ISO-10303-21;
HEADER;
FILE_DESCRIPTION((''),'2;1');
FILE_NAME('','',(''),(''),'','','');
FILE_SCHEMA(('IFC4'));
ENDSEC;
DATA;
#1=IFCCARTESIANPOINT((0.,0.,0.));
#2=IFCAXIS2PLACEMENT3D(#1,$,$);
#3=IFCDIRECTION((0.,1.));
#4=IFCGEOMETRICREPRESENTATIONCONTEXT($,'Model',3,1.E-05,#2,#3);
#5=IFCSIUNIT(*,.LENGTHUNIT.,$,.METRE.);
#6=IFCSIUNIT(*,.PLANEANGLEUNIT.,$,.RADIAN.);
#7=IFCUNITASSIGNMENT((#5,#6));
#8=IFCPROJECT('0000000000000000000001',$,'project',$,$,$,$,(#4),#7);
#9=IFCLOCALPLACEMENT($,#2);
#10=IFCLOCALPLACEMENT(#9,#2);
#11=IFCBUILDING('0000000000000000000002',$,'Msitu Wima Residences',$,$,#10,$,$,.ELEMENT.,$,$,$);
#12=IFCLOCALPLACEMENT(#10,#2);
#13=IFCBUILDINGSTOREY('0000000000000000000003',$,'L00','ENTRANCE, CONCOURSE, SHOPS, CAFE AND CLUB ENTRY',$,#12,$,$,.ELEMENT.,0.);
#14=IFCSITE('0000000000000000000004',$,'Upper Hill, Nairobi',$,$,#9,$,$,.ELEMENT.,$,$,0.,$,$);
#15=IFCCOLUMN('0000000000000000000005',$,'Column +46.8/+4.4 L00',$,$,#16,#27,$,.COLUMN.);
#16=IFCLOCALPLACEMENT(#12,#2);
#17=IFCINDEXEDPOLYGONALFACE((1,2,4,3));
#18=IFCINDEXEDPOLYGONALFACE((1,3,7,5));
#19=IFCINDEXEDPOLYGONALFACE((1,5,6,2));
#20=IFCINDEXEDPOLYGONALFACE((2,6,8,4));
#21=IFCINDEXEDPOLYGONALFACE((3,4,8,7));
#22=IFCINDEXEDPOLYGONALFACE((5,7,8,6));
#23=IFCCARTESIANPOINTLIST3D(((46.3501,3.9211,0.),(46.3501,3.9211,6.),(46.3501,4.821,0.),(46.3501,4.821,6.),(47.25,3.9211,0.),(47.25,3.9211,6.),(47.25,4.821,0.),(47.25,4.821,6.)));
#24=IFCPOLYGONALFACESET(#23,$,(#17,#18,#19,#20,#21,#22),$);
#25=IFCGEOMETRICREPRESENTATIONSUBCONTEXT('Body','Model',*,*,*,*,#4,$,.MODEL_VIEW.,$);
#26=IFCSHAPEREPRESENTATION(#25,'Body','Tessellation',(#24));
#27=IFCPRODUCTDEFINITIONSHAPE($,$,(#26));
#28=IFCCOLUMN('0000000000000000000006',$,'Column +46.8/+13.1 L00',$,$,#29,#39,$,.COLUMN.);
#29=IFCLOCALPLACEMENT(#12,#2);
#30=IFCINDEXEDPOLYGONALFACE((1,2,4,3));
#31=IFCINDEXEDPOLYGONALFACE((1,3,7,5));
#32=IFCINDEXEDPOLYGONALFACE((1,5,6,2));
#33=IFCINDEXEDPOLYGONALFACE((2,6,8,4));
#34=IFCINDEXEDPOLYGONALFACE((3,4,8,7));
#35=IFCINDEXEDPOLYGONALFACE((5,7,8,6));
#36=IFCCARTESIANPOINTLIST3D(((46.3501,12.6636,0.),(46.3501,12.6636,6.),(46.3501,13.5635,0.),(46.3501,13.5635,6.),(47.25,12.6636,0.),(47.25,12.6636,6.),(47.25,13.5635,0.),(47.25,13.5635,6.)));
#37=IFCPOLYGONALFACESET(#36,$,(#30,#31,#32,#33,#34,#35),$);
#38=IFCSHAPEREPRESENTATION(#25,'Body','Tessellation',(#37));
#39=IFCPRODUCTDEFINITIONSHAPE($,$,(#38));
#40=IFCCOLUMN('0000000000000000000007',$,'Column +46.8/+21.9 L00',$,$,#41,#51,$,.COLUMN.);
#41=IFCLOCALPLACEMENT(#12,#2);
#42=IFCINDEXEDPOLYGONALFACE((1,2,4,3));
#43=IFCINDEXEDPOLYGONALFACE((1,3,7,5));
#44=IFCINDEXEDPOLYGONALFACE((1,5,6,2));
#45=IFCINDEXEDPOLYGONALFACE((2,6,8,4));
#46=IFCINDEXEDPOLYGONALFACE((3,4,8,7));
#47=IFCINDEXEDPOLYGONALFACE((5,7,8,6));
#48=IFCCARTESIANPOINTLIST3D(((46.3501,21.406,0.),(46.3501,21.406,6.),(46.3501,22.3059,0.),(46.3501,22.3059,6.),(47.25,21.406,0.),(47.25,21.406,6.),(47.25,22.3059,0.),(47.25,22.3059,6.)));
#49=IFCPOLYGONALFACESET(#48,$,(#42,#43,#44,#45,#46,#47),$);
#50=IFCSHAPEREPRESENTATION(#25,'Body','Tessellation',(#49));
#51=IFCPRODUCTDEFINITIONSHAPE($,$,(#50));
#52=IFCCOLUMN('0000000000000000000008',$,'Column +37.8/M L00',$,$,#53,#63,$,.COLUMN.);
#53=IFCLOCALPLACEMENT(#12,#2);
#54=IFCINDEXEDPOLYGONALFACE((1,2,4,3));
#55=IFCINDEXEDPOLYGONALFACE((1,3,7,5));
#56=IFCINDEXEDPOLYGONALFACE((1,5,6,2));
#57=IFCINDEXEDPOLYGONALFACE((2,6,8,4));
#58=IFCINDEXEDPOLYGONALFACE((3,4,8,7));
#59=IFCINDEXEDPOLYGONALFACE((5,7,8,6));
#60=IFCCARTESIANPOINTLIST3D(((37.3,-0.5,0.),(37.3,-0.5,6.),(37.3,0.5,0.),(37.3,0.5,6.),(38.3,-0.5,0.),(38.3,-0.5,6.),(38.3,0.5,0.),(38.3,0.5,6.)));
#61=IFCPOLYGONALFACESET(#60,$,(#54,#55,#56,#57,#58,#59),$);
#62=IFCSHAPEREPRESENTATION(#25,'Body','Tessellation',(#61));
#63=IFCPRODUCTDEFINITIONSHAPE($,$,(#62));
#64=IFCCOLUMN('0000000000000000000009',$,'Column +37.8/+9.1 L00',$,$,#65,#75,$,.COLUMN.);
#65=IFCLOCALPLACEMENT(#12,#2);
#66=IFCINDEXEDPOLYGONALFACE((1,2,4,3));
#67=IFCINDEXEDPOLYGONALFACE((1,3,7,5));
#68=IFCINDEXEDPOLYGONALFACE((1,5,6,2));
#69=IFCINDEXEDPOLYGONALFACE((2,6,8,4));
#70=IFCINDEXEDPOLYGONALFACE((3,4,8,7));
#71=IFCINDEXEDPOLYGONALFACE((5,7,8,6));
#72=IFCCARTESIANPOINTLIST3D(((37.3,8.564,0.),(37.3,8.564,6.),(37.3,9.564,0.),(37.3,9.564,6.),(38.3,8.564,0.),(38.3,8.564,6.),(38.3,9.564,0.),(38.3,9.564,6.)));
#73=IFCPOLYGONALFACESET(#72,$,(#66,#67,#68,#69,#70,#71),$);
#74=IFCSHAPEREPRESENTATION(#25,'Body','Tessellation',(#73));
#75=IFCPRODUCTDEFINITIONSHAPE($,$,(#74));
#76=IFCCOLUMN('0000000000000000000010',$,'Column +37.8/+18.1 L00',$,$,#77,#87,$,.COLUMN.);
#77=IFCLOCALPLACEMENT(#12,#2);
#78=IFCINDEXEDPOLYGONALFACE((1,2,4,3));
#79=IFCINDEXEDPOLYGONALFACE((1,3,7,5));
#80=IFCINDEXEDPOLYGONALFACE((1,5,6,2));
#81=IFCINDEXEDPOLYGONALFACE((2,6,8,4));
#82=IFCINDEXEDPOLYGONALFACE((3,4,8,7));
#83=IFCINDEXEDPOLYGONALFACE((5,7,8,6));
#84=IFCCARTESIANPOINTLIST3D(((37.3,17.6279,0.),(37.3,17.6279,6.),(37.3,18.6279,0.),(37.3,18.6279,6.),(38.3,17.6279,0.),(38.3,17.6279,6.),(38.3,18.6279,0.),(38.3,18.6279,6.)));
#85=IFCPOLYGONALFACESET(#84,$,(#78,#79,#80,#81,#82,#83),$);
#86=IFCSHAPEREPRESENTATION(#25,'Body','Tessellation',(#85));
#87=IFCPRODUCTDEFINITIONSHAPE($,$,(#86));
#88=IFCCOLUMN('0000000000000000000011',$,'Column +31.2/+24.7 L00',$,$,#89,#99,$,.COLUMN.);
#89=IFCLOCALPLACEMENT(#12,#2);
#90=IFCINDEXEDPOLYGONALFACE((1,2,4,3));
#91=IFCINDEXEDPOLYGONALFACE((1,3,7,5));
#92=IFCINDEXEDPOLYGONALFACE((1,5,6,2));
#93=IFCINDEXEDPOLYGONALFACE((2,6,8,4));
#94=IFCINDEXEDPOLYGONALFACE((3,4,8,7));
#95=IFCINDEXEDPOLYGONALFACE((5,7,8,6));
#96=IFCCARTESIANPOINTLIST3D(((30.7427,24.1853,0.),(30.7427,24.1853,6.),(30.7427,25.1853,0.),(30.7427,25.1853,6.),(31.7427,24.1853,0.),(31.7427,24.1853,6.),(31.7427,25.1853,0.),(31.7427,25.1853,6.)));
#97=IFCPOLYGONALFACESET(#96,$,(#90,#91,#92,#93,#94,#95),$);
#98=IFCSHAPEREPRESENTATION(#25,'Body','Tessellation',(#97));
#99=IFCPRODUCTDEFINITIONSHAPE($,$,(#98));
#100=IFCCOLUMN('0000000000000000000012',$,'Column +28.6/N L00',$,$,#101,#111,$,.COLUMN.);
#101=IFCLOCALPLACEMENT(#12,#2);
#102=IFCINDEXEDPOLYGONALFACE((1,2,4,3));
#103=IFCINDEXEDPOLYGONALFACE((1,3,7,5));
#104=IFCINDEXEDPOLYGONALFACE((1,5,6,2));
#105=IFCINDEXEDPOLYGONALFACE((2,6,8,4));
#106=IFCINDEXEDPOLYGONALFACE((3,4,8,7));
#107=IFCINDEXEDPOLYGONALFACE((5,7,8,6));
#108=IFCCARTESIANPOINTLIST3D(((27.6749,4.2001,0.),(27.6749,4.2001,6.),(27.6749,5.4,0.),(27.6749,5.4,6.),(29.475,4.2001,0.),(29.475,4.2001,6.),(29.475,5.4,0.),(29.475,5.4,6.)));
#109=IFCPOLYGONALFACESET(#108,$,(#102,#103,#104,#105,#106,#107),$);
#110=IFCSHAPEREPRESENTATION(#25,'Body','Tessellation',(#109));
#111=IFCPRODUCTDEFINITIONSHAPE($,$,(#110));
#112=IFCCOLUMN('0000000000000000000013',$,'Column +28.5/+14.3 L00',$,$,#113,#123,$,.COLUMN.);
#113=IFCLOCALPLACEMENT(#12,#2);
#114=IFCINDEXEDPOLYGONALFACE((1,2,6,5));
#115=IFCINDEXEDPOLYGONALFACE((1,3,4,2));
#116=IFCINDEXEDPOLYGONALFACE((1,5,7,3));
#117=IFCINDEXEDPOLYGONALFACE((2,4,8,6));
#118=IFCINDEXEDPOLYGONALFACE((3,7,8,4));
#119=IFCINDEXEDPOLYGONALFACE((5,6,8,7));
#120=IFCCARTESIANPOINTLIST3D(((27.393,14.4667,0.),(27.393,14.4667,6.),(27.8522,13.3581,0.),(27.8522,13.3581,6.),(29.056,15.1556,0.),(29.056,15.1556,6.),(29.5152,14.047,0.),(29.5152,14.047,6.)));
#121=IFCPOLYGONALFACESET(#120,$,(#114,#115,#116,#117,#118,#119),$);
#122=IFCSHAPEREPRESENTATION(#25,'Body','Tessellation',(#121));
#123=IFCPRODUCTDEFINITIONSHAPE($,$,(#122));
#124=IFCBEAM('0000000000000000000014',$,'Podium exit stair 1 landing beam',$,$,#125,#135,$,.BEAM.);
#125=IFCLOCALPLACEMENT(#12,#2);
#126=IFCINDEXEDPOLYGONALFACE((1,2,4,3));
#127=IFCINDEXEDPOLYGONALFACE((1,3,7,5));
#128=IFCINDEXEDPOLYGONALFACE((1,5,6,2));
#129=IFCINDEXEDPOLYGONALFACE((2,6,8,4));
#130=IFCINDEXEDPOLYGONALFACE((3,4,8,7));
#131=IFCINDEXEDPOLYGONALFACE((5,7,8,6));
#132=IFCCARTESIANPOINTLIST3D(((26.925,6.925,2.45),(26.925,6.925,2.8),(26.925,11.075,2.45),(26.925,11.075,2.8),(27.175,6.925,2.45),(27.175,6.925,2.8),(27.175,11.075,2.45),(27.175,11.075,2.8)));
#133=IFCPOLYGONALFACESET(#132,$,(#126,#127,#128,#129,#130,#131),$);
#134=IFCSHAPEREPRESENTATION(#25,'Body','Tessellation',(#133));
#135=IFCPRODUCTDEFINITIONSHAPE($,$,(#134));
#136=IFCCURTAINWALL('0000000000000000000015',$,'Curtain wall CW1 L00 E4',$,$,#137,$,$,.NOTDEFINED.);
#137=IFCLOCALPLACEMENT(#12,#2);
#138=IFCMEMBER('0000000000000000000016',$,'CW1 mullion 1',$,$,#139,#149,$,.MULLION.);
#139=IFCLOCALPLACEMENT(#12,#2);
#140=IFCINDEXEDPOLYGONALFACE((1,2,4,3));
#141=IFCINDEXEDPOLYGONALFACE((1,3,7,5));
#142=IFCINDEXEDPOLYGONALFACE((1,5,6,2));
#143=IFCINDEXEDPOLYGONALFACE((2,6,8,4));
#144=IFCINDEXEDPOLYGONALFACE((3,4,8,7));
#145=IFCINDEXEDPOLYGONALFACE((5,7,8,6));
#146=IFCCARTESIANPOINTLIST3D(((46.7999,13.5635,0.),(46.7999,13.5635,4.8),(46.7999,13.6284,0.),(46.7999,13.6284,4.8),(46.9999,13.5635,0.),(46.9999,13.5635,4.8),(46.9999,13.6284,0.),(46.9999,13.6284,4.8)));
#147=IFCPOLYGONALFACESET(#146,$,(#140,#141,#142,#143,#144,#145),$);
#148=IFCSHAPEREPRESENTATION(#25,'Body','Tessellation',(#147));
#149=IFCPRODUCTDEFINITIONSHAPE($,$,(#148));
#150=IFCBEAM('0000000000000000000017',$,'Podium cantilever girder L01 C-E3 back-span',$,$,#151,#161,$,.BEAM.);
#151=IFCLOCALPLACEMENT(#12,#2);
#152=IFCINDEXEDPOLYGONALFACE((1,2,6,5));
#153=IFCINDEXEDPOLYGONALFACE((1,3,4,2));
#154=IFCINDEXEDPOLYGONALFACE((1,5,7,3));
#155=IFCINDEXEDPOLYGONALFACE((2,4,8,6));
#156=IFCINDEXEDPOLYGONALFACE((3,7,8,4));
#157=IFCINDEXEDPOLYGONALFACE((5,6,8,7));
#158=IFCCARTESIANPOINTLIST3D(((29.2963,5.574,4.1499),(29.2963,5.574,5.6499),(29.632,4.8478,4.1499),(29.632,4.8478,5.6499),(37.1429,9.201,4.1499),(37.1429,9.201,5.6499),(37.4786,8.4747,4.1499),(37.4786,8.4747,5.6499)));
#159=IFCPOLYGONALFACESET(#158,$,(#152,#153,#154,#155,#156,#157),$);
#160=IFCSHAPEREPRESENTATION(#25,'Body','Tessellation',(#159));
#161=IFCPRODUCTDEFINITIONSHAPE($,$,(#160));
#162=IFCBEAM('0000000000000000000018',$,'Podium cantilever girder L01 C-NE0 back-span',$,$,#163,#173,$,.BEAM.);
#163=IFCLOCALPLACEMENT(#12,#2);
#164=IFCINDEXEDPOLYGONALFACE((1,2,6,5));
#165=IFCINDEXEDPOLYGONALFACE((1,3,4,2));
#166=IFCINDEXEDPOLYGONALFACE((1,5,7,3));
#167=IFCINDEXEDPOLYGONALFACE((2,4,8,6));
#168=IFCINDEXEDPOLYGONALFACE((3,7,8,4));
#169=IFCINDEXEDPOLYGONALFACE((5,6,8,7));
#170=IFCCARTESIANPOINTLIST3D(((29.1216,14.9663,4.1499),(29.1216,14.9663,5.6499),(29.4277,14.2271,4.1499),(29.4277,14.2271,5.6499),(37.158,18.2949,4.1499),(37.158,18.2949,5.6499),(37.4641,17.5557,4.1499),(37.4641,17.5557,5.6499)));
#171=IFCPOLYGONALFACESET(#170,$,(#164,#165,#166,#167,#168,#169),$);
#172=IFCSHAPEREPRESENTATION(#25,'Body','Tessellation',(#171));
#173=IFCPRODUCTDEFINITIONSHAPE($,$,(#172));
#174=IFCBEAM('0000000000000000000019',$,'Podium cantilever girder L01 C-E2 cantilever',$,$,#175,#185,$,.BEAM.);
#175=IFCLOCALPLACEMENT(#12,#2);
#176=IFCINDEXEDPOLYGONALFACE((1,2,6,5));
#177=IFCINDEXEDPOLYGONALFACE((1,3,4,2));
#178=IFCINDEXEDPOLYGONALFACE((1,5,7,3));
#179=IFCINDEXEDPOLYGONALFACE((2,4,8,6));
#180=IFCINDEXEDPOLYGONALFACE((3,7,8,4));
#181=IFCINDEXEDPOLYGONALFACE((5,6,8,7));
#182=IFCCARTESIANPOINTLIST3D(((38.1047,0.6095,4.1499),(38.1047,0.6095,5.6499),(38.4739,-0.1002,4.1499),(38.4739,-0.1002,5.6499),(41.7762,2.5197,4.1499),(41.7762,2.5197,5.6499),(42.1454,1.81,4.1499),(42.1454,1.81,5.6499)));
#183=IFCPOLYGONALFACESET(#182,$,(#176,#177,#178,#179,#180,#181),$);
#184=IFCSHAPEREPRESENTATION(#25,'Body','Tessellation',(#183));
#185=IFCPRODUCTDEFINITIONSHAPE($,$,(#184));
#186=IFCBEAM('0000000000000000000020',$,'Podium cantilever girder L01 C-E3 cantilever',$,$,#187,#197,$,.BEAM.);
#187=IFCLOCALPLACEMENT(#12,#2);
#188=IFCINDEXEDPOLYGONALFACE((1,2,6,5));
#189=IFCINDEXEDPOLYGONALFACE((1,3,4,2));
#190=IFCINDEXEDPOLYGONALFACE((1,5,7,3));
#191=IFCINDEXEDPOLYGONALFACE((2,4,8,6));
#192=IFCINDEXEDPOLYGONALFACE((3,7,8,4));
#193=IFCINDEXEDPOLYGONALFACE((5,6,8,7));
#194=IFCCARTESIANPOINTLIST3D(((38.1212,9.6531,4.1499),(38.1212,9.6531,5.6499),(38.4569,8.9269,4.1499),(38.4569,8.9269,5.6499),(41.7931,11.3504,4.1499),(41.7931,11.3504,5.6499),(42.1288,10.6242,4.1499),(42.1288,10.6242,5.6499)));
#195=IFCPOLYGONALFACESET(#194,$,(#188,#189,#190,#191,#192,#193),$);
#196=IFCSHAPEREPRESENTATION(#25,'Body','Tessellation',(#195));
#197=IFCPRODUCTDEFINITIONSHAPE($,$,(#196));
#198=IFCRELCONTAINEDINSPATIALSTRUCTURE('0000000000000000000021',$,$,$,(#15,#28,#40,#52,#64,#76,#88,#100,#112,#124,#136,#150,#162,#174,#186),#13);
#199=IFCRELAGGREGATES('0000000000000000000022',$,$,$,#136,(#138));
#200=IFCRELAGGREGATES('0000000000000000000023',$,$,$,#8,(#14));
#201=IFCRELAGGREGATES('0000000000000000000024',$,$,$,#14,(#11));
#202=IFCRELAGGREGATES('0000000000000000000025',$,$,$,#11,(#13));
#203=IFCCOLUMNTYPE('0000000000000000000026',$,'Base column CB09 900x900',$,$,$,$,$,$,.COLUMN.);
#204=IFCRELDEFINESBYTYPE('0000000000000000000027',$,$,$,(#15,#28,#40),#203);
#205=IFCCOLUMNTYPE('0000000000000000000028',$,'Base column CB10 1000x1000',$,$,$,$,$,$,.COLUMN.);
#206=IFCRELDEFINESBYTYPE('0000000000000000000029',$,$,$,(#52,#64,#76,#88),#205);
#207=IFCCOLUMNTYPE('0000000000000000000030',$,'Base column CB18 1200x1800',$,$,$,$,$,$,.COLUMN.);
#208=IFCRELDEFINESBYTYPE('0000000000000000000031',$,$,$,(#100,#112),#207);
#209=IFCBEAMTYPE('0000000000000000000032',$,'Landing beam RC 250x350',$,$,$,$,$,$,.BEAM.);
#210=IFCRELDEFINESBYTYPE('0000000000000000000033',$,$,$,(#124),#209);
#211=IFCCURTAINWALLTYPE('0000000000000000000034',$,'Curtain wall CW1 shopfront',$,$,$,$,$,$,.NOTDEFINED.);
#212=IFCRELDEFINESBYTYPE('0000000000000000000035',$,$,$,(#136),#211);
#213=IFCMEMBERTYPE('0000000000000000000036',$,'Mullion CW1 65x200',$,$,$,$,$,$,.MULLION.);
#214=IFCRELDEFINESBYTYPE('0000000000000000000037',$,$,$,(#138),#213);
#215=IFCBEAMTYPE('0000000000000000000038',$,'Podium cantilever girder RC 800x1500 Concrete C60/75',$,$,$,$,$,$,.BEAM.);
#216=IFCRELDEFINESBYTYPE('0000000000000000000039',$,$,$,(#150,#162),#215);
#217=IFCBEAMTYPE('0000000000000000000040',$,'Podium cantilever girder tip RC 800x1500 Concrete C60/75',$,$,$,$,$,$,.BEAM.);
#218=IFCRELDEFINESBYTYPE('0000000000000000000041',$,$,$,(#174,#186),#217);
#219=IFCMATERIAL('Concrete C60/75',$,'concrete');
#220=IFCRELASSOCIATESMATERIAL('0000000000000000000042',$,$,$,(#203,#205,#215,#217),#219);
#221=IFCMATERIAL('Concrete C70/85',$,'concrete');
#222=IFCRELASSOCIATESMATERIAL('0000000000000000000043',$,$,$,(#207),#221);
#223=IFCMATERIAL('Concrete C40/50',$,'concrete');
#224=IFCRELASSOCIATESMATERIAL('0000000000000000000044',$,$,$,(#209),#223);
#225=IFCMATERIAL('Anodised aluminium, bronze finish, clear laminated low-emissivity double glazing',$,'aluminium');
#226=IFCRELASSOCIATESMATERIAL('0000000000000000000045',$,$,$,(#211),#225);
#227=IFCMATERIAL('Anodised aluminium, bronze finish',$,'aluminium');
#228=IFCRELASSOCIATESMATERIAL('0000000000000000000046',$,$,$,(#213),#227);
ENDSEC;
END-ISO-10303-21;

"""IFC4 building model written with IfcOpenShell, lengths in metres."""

from ifc_helpers import new_model, si_unit, direction, frame, origin, origin_2d, place, context, subcontext, project, spatial, rectangle, extrude, material, material_profile, profile_set, type_object, element, aggregate, save


model = new_model("IFC4")

# Units and contexts
model_context = context("Model", 3, precision=1e-05, world=origin(), true_north=direction((0.0, 1.0)))
body_context = subcontext(model_context, "Body", "Model", "MODEL_VIEW")
ifc_project = project(units=[si_unit("LENGTHUNIT", "METRE"), si_unit("PLANEANGLEUNIT", "RADIAN")], contexts=[model_context])

# Site, building, storey
site_placement = place(None, origin())
site = spatial("IfcSite", under=ifc_project, at=site_placement, Name="Upper Hill, Nairobi", CompositionType="ELEMENT", RefElevation=0.0)
building_placement = place(site_placement, origin())
building = spatial("IfcBuilding", under=site, at=building_placement, Name="Msitu Wima Residences", CompositionType="ELEMENT")
storey_placement = place(building_placement, origin())
storey = spatial("IfcBuildingStorey", under=building, at=storey_placement, Name="L00", Description="ENTRANCE, CONCOURSE, SHOPS, CAFE AND CLUB ENTRY", CompositionType="ELEMENT", Elevation=0.0)

# Columns
ifc_material_1 = material(Name="Concrete C60/75", Category="concrete")
ifc_material_profile_1 = material_profile(ifc_material_1, rectangle(XDim=0.8999, YDim=0.8999, at=origin_2d()), Name="RC 900x900")
ifc_profile_set_1 = profile_set([ifc_material_profile_1], Name="Concrete C60/75")
column_type_1 = type_object("IfcColumnType", Name="Base column CB09 900x900", PredefinedType="COLUMN", material=ifc_profile_set_1)
for number, where, z_axis, x_axis, name in (
    (1, (46.8, 4.3711, 0.0), (0.0, 0.0, 1.0), (1.0, 0.0, 0.0), "Column +46.8/+4.4 L00"),
    (2, (46.8, 13.1135, 0.0), (0.0, 0.0, 1.0), (1.0, 0.0, 0.0), "Column +46.8/+13.1 L00"),
    (3, (46.8, 21.856, 0.0), (0.0, 0.0, 1.0), (1.0, 0.0, 0.0), "Column +46.8/+21.9 L00"),
):
    element("IfcColumn", number, at=place(storey_placement, frame(where, z_axis=z_axis, x_axis=x_axis)), inside=storey, type_object=column_type_1, Name=name, PredefinedType="COLUMN", context=body_context, shape_type="SweptSolid", body=[
        extrude(rectangle(XDim=0.8999, YDim=0.8999, at=origin_2d()), origin(), (0.0, 0.0, 1.0), 6.0),
    ])
ifc_material_profile_2 = material_profile(ifc_material_1, rectangle(XDim=1.0, YDim=1.0, at=origin_2d()), Name="RC 1000x1000")
ifc_profile_set_2 = profile_set([ifc_material_profile_2], Name="Concrete C60/75")
column_type_2 = type_object("IfcColumnType", Name="Base column CB10 1000x1000", PredefinedType="COLUMN", material=ifc_profile_set_2)
for number, where, z_axis, x_axis, name in (
    (4, (37.8, 0.0, 0.0), (0.0, 0.0, 1.0), (1.0, 0.0, 0.0), "Column +37.8/M L00"),
    (5, (37.8, 9.064, 0.0), (0.0, 0.0, 1.0), (1.0, 0.0, 0.0), "Column +37.8/+9.1 L00"),
    (6, (37.8, 18.1279, 0.0), (0.0, 0.0, 1.0), (1.0, 0.0, 0.0), "Column +37.8/+18.1 L00"),
    (7, (31.2427, 24.6853, 0.0), (0.0, 0.0, 1.0), (1.0, 0.0, 0.0), "Column +31.2/+24.7 L00"),
):
    element("IfcColumn", number, at=place(storey_placement, frame(where, z_axis=z_axis, x_axis=x_axis)), inside=storey, type_object=column_type_2, Name=name, PredefinedType="COLUMN", context=body_context, shape_type="SweptSolid", body=[
        extrude(rectangle(XDim=1.0, YDim=1.0, at=origin_2d()), origin(), (0.0, 0.0, 1.0), 6.0),
    ])
ifc_material_2 = material(Name="Concrete C70/85", Category="concrete")
ifc_material_profile_3 = material_profile(ifc_material_2, rectangle(XDim=1.2, YDim=1.8, at=origin_2d()), Name="RC 1200x1800")
ifc_profile_set_3 = profile_set([ifc_material_profile_3], Name="Concrete C70/85")
column_type_3 = type_object("IfcColumnType", Name="Base column CB18 1200x1800", PredefinedType="COLUMN", material=ifc_profile_set_3)
for number, where, z_axis, x_axis, name in (
    (8, (28.575, 4.8, 0.0), (0.0, 0.0, 1.0), (0.0, 1.0, 0.0), "Column +28.6/N L00"),
    (9, (28.4541, 14.2568, 0.0), (0.0, 0.0, 1.0), (-0.382683, 0.92388, 0.0), "Column +28.5/+14.3 L00"),
):
    element("IfcColumn", number, at=place(storey_placement, frame(where, z_axis=z_axis, x_axis=x_axis)), inside=storey, type_object=column_type_3, Name=name, PredefinedType="COLUMN", context=body_context, shape_type="SweptSolid", body=[
        extrude(rectangle(XDim=1.2, YDim=1.8, at=origin_2d()), origin(), (0.0, 0.0, 1.0), 6.0),
    ])

# Beam
ifc_material_3 = material(Name="Concrete C40/50", Category="concrete")
ifc_material_profile_4 = material_profile(ifc_material_3, rectangle(XDim=0.25, YDim=0.3501, at=origin_2d()), Name="RC 250x350")
ifc_profile_set_4 = profile_set([ifc_material_profile_4], Name="Concrete C40/50")
beam_type_1 = type_object("IfcBeamType", Name="Landing beam RC 250x350", PredefinedType="BEAM", material=ifc_profile_set_4)
beam_1_placement = place(storey_placement, frame((27.05, 6.925, 2.625), z_axis=(0.0, 1.0, 0.0), x_axis=(-1.0, 0.0, 0.0)))
element("IfcBeam", 10, at=beam_1_placement, inside=storey, type_object=beam_type_1, Name="Podium exit stair 1 landing beam", PredefinedType="BEAM", context=body_context, shape_type="SweptSolid", body=[
    extrude(rectangle(XDim=0.25, YDim=0.3501, at=origin_2d()), origin(), (0.0, 0.0, 1.0), 4.1499),
])

# Curtain wall, member
ifc_material_4 = material(Name="Anodised aluminium, bronze finish, clear laminated low-emissivity double glazing", Category="aluminium")
curtain_wall_type = type_object("IfcCurtainWallType", Name="Curtain wall CW1 shopfront", PredefinedType="NOTDEFINED", material=ifc_material_4)
curtain_wall_placement = place(storey_placement, origin())
curtain_wall = element("IfcCurtainWall", 11, at=curtain_wall_placement, inside=storey, type_object=curtain_wall_type, Name="Curtain wall CW1 L00 E4", PredefinedType="NOTDEFINED")
ifc_material_5 = material(Name="Anodised aluminium, bronze finish", Category="aluminium")
ifc_material_profile_5 = material_profile(ifc_material_5, rectangle(XDim=0.2, YDim=0.0649, at=origin_2d()), Name="Mullion 65x200")
ifc_profile_set_5 = profile_set([ifc_material_profile_5], Name="Anodised aluminium, bronze finish")
member_type = type_object("IfcMemberType", Name="Mullion CW1 65x200", PredefinedType="MULLION", material=ifc_profile_set_5)
member_placement = place(storey_placement, frame((46.8999, 13.5959, 0.0), z_axis=(0.0, 0.0, 1.0), x_axis=(-1.0, 0.0, 0.0)))
member = element("IfcMember", 12, at=member_placement, type_object=member_type, Name="CW1 mullion 1", PredefinedType="MULLION", context=body_context, shape_type="SweptSolid", body=[
    extrude(rectangle(XDim=0.2, YDim=0.0649, at=origin_2d()), origin(), (0.0, 0.0, 1.0), 4.8),
])
aggregate(curtain_wall, [member])

# Beams
ifc_material_profile_6 = material_profile(ifc_material_1, rectangle(XDim=0.8, YDim=1.5, at=origin_2d()), Name="RC 800x1500")
ifc_profile_set_6 = profile_set([ifc_material_profile_6], Name="Concrete C60/75")
beam_type_2 = type_object("IfcBeamType", Name="Podium cantilever girder RC 800x1500 Concrete C60/75", PredefinedType="BEAM", material=ifc_profile_set_6)
beam_2_placement = place(storey_placement, frame((29.4641, 5.2109, 4.8999), z_axis=(0.907721, 0.419574, 0.0), x_axis=(-0.419574, 0.907721, 0.0)))
element("IfcBeam", 13, at=beam_2_placement, inside=storey, type_object=beam_type_2, Name="Podium cantilever girder L01 C-E3 back-span", PredefinedType="BEAM", context=body_context, shape_type="SweptSolid", body=[
    extrude(rectangle(XDim=0.8, YDim=1.5, at=origin_2d()), origin(), (0.0, 0.0, 1.0), 8.6443),
])
beam_3_placement = place(storey_placement, frame((29.2747, 14.5967, 4.8999), z_axis=(0.923886, 0.382667, 0.0), x_axis=(-0.382667, 0.923886, 0.0)))
element("IfcBeam", 14, at=beam_3_placement, inside=storey, type_object=beam_type_2, Name="Podium cantilever girder L01 C-NE0 back-span", PredefinedType="BEAM", context=body_context, shape_type="SweptSolid", body=[
    extrude(rectangle(XDim=0.8, YDim=1.5, at=origin_2d()), origin(), (0.0, 0.0, 1.0), 8.6985),
])
ifc_material_profile_7 = material_profile(ifc_material_1, rectangle(XDim=0.8, YDim=1.5, at=origin_2d()), Name="RC 800x1500")
ifc_profile_set_7 = profile_set([ifc_material_profile_7], Name="Concrete C60/75")
beam_type_3 = type_object("IfcBeamType", Name="Podium cantilever girder tip RC 800x1500 Concrete C60/75", PredefinedType="BEAM", material=ifc_profile_set_7)
beam_4_placement = place(storey_placement, frame((38.2893, 0.2546, 4.8999), z_axis=(0.887114, 0.46155, 0.0), x_axis=(-0.46155, 0.887114, 0.0)))
element("IfcBeam", 15, at=beam_4_placement, inside=storey, type_object=beam_type_3, Name="Podium cantilever girder L01 C-E2 cantilever", PredefinedType="BEAM", context=body_context, shape_type="SweptSolid", body=[
    extrude(rectangle(XDim=0.8, YDim=1.5, at=origin_2d()), origin(), (0.0, 0.0, 1.0), 4.1387),
])
beam_5_placement = place(storey_placement, frame((38.2891, 9.29, 4.8999), z_axis=(0.907719, 0.419579, 0.0), x_axis=(-0.419579, 0.907719, 0.0)))
element("IfcBeam", 16, at=beam_5_placement, inside=storey, type_object=beam_type_3, Name="Podium cantilever girder L01 C-E3 cantilever", PredefinedType="BEAM", context=body_context, shape_type="SweptSolid", body=[
    extrude(rectangle(XDim=0.8, YDim=1.5, at=origin_2d()), origin(), (0.0, 0.0, 1.0), 4.0452),
])

save(model, "model.ifc")
